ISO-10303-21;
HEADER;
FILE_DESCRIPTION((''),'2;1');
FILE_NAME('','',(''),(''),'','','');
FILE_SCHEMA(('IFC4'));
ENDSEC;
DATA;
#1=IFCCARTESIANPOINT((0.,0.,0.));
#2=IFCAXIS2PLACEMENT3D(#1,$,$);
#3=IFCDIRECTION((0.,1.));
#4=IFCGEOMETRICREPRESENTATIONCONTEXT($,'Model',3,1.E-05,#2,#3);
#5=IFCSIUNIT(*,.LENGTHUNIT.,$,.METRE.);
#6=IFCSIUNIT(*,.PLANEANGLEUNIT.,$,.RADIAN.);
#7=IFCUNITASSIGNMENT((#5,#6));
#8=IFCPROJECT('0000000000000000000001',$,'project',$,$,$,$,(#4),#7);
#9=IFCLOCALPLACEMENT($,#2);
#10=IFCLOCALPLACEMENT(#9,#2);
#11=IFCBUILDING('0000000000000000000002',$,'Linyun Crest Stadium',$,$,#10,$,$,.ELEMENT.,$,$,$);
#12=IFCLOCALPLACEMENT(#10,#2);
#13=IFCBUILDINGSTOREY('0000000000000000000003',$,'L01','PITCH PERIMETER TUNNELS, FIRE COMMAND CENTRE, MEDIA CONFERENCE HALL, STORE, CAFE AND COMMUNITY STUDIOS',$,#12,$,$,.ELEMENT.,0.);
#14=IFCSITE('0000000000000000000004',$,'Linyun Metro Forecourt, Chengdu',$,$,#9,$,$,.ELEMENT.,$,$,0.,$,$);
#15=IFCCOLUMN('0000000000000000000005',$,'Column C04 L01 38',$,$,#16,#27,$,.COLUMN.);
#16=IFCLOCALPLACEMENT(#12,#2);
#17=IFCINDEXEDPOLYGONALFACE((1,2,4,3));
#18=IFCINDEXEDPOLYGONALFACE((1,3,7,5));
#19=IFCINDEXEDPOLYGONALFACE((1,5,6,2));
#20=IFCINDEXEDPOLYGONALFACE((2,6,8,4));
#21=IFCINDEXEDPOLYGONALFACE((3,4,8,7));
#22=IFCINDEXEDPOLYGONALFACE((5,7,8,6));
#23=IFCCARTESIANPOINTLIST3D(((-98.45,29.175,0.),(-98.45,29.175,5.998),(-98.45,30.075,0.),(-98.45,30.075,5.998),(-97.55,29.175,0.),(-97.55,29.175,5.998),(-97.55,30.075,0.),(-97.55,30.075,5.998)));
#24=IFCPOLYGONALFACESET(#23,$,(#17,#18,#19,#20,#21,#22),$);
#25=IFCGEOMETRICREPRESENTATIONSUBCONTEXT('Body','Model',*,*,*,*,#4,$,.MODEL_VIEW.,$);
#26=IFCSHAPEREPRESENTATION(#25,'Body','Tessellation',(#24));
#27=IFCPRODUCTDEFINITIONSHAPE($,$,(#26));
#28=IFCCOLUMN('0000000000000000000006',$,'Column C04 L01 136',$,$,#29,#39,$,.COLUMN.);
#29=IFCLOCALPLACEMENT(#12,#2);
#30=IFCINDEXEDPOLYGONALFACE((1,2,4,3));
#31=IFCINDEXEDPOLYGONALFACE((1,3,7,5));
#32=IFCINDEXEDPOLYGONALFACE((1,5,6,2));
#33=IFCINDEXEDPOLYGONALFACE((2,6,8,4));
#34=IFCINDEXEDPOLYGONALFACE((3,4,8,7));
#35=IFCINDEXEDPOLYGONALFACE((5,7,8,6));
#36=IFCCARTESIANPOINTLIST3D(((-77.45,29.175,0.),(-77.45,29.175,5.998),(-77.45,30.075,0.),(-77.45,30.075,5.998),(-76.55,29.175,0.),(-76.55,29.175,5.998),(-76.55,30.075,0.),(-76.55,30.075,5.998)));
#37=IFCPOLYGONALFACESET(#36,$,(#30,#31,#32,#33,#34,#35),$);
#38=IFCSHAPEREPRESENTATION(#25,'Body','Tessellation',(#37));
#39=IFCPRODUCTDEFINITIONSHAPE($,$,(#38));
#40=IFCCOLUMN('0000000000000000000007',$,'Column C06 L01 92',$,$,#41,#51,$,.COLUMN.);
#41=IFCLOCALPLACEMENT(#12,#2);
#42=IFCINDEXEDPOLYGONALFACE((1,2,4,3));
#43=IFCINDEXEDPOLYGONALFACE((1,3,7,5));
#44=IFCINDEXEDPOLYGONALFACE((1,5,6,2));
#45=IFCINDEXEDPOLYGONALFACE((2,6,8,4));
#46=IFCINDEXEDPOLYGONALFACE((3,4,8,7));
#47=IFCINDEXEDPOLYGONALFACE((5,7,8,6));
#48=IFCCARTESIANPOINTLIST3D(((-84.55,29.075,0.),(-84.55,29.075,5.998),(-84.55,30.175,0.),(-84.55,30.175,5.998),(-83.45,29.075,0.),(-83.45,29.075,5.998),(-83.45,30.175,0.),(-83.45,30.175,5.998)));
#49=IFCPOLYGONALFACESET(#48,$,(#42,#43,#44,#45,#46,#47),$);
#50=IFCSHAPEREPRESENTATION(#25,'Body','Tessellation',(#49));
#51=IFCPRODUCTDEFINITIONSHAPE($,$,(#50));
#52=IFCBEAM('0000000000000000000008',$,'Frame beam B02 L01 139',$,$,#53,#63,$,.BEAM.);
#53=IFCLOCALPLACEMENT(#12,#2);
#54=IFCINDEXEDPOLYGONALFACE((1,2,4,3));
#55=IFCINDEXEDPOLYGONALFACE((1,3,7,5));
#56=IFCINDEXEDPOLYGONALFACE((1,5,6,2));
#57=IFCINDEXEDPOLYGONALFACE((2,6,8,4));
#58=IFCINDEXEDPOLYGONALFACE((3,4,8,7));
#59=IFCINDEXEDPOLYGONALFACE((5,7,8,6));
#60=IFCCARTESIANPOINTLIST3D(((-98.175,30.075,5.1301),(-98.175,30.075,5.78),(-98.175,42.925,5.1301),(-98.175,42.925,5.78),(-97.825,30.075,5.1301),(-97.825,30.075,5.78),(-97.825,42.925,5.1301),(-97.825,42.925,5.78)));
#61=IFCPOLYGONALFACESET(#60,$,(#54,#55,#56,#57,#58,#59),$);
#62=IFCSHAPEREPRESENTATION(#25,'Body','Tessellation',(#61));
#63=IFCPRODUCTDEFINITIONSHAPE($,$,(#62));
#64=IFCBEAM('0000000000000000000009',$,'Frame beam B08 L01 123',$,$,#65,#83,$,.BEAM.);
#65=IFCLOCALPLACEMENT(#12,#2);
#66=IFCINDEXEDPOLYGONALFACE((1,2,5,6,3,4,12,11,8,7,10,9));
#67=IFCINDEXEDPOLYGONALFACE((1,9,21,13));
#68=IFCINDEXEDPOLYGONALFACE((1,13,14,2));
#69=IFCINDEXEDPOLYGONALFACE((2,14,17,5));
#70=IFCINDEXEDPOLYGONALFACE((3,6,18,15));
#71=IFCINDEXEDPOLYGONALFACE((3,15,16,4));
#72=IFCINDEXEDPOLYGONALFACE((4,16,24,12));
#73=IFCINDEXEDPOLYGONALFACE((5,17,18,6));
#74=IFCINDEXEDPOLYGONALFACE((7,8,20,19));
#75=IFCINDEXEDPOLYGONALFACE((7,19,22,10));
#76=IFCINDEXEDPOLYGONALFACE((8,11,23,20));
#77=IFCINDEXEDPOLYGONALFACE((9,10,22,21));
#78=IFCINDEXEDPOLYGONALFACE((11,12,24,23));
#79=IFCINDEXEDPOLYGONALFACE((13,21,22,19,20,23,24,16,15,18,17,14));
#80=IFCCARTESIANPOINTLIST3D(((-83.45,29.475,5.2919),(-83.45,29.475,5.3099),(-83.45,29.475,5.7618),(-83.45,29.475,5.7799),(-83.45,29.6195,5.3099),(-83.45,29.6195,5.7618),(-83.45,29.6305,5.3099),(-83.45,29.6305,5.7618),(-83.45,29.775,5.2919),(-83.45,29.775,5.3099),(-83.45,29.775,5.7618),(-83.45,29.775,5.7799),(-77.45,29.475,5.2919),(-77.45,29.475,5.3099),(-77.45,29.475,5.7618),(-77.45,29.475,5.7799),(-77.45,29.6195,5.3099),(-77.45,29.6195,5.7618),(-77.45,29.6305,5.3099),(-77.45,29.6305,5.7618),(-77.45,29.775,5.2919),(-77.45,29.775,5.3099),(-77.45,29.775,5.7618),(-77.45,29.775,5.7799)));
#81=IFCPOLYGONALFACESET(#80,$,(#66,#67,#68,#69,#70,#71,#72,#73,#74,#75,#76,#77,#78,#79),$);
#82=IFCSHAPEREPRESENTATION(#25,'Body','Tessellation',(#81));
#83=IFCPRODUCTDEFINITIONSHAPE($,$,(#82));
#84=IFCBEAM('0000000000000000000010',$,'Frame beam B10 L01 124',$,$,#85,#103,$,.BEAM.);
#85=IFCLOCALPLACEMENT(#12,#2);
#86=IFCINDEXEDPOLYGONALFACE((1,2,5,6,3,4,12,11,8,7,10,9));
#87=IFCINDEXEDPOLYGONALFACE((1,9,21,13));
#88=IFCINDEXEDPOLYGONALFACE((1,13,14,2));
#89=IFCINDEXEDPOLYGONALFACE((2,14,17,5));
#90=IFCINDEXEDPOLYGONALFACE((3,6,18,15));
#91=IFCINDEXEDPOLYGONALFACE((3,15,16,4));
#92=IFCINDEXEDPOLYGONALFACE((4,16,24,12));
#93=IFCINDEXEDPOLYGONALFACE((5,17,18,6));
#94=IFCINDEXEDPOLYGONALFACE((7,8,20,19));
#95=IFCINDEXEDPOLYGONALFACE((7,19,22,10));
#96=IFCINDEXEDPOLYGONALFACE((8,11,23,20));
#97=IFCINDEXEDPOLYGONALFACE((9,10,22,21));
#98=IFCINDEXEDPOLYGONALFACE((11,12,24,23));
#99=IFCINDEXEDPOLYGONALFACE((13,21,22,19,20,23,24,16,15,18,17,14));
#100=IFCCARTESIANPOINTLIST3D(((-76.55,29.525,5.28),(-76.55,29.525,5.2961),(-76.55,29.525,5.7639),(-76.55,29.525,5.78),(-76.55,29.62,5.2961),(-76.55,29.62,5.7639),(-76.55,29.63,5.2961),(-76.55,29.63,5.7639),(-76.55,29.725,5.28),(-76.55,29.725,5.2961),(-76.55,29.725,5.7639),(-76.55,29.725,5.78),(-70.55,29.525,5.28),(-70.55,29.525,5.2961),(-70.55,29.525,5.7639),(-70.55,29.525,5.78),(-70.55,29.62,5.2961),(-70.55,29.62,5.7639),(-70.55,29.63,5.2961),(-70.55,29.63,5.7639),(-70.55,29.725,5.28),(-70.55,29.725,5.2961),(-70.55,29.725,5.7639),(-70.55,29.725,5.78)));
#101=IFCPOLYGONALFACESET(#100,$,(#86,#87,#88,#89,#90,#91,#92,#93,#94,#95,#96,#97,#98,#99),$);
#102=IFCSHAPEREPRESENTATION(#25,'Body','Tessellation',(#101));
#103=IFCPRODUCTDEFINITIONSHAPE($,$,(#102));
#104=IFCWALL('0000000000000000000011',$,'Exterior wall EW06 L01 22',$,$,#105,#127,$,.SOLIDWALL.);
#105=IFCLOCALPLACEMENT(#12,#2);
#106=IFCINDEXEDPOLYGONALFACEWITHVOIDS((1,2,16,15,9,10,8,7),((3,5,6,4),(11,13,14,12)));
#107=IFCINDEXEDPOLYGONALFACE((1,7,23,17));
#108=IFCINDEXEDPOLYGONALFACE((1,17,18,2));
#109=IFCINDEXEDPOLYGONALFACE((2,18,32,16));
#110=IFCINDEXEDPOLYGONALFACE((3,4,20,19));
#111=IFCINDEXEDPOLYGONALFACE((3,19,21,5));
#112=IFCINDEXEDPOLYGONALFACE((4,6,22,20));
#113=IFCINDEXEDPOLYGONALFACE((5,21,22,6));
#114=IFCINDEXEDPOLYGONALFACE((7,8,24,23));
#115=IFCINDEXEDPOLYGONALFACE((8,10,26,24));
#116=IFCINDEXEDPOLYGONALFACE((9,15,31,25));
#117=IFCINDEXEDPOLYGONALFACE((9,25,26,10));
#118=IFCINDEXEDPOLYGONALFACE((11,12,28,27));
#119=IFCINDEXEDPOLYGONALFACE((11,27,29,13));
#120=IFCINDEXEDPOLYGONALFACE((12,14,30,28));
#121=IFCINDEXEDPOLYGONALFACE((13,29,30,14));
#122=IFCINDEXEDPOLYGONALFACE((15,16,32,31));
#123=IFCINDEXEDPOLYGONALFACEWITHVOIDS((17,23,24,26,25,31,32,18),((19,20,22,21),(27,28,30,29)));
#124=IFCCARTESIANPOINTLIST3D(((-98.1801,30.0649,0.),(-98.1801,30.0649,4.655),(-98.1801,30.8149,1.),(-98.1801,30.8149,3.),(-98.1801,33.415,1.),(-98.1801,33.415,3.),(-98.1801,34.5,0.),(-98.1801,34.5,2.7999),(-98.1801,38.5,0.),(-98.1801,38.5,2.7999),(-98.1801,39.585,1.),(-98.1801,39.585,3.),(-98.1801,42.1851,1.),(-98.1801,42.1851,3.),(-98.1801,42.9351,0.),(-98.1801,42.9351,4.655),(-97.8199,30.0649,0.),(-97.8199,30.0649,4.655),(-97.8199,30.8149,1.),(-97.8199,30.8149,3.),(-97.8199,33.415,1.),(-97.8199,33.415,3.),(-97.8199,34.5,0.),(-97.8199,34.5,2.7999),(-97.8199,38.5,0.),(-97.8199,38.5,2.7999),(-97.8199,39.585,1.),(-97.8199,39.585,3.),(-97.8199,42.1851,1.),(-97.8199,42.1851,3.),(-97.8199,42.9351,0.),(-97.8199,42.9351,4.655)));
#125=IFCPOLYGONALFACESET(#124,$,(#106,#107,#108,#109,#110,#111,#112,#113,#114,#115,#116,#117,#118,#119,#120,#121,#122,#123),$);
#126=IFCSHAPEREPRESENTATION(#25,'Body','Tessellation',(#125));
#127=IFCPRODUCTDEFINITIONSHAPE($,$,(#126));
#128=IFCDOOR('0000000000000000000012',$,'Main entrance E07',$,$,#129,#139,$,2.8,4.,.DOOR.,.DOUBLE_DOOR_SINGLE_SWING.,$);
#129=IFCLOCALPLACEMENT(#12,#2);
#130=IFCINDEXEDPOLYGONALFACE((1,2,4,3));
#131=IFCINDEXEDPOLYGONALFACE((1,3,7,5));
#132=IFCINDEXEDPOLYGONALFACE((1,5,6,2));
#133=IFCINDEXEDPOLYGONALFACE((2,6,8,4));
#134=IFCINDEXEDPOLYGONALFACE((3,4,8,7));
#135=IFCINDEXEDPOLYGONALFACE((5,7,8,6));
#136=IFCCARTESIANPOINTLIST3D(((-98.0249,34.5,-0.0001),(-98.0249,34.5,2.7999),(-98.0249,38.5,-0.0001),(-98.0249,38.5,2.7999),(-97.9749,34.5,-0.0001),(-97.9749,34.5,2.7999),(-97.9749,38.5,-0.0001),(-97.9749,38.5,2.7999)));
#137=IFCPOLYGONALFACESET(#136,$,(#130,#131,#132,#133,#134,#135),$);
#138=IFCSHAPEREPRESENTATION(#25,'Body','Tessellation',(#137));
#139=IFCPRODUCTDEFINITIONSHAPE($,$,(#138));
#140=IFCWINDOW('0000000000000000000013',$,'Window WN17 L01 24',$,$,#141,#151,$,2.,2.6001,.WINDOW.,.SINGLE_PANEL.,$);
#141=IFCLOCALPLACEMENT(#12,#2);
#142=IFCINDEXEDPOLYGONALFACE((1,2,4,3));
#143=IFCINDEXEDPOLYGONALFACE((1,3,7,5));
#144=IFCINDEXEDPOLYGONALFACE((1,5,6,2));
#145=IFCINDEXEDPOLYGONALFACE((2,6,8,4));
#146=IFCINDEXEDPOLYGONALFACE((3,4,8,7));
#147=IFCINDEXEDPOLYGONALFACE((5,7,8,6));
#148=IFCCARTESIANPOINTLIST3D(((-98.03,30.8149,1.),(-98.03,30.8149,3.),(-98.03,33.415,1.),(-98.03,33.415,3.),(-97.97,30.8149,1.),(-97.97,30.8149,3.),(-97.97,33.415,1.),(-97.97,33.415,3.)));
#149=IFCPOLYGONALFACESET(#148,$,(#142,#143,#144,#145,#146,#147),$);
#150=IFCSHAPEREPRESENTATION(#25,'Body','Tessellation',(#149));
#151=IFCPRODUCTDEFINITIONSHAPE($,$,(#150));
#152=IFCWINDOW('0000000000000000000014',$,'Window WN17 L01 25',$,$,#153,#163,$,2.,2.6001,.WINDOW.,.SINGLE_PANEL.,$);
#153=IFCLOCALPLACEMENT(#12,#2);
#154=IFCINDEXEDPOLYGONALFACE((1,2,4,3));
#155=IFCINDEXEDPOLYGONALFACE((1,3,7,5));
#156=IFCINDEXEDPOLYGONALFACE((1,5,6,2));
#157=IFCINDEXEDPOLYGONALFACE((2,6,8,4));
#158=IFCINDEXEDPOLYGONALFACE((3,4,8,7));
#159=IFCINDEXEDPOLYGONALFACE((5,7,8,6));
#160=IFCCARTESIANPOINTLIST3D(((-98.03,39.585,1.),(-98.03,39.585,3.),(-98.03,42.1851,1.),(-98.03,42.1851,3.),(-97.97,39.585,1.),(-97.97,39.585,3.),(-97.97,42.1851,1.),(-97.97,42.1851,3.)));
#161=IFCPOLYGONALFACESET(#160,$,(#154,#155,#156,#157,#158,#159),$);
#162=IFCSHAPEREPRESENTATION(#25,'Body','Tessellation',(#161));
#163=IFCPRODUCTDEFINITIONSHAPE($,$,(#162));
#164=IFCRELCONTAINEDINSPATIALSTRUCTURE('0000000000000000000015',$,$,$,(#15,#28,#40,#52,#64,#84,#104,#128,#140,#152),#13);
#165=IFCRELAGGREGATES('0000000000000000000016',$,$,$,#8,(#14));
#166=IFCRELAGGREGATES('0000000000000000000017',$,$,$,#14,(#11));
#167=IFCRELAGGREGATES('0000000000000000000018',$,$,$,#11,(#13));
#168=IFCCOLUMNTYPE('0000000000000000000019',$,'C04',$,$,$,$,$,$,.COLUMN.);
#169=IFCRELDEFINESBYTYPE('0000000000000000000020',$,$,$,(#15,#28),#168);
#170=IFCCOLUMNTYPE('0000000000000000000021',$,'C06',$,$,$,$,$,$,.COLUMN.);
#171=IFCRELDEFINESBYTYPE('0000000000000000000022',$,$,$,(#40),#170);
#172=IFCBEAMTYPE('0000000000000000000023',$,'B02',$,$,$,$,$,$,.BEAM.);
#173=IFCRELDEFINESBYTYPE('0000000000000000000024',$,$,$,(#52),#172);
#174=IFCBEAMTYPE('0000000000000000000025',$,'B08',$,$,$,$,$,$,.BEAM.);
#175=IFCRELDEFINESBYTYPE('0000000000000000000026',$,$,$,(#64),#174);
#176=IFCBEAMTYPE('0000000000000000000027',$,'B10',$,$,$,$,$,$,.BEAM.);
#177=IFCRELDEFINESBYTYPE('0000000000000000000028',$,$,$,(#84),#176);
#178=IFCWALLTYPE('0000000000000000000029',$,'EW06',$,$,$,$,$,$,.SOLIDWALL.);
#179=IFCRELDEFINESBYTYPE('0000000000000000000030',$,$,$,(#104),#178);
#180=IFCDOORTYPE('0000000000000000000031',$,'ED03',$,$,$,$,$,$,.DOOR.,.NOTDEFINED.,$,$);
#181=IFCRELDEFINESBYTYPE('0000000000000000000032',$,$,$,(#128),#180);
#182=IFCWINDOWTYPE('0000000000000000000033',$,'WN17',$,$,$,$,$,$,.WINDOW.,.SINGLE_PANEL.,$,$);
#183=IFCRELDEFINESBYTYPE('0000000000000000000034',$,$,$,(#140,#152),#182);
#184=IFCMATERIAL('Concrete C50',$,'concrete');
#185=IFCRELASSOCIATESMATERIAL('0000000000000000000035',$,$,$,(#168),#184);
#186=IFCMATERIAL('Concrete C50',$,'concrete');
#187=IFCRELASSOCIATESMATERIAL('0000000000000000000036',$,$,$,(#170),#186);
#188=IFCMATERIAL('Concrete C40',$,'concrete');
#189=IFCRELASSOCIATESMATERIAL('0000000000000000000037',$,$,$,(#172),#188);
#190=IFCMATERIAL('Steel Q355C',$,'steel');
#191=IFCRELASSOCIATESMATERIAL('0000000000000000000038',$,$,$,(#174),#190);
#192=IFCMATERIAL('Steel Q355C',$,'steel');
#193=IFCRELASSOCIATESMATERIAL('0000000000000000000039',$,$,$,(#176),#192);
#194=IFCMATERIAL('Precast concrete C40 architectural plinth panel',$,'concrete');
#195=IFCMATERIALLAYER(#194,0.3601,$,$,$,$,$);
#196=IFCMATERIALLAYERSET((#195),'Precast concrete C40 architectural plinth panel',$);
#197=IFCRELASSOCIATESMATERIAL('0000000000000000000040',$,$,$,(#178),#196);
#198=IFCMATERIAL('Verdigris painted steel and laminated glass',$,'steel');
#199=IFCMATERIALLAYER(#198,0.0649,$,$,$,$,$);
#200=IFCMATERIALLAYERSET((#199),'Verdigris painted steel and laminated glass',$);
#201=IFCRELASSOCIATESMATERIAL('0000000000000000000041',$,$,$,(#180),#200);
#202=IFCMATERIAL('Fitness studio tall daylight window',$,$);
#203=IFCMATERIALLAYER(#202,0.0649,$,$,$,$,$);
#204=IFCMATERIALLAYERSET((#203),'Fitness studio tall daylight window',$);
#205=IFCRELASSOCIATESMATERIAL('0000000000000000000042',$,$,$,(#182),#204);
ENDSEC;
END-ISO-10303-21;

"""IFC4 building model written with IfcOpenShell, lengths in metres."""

from ifc_helpers import new_model, si_unit, direction, frame, frame_2d, origin, origin_2d, place, context, subcontext, project, spatial, rectangle, i_section, extrude, material, layer, layer_set, material_profile, profile_set, type_object, element, fill, save


model = new_model("IFC4")

# Units and contexts
model_context = context("Model", 3, precision=1e-05, world=origin(), true_north=direction((0.0, 1.0)))
body_context = subcontext(model_context, "Body", "Model", "MODEL_VIEW")
ifc_project = project(units=[si_unit("LENGTHUNIT", "METRE"), si_unit("PLANEANGLEUNIT", "RADIAN")], contexts=[model_context])

# Site, building, storey
site_placement = place(None, origin())
site = spatial("IfcSite", under=ifc_project, at=site_placement, Name="Linyun Metro Forecourt, Chengdu", CompositionType="ELEMENT", RefElevation=0.0)
building_placement = place(site_placement, origin())
building = spatial("IfcBuilding", under=site, at=building_placement, Name="Linyun Crest Stadium", CompositionType="ELEMENT")
storey_placement = place(building_placement, origin())
storey = spatial("IfcBuildingStorey", under=building, at=storey_placement, Name="L01", Description="PITCH PERIMETER TUNNELS, FIRE COMMAND CENTRE, MEDIA CONFERENCE HALL, STORE, CAFE AND COMMUNITY STUDIOS", CompositionType="ELEMENT", Elevation=0.0)

# Columns
ifc_material_1 = material(Name="Concrete C50", Category="concrete")
ifc_material_profile_1 = material_profile(ifc_material_1, rectangle(XDim=0.8999, YDim=0.8999, at=origin_2d()), Name="RC 900x900")
ifc_profile_set_1 = profile_set([ifc_material_profile_1], Name="Concrete C50")
column_type_1 = type_object("IfcColumnType", Name="C04", PredefinedType="COLUMN", material=ifc_profile_set_1)
for number, where, z_axis, x_axis, name in (
    (1, (-98.0, 29.625, 0.0), (0.0, 0.0, 1.0), (1.0, 0.0, 0.0), "Column C04 L01 38"),
    (2, (-77.0, 29.625, 0.0), (0.0, 0.0, 1.0), (1.0, 0.0, 0.0), "Column C04 L01 136"),
):
    element("IfcColumn", number, at=place(storey_placement, frame(where, z_axis=z_axis, x_axis=x_axis)), inside=storey, type_object=column_type_1, Name=name, PredefinedType="COLUMN", context=body_context, shape_type="SweptSolid", body=[
        extrude(rectangle(XDim=0.8999, YDim=0.8999, at=origin_2d()), origin(), (0.0, 0.0, 1.0), 5.998),
    ])
ifc_material_2 = material(Name="Concrete C50", Category="concrete")
ifc_material_profile_2 = material_profile(ifc_material_2, rectangle(XDim=1.1001, YDim=1.1001, at=origin_2d()), Name="RC 1100x1100")
ifc_profile_set_2 = profile_set([ifc_material_profile_2], Name="Concrete C50")
column_type_2 = type_object("IfcColumnType", Name="C06", PredefinedType="COLUMN", material=ifc_profile_set_2)
column_placement = place(storey_placement, frame((-84.0, 29.625, 0.0), z_axis=(0.0, 0.0, 1.0), x_axis=(1.0, 0.0, 0.0)))
element("IfcColumn", 3, at=column_placement, inside=storey, type_object=column_type_2, Name="Column C06 L01 92", PredefinedType="COLUMN", context=body_context, shape_type="SweptSolid", body=[
    extrude(rectangle(XDim=1.1001, YDim=1.1001, at=origin_2d()), origin(), (0.0, 0.0, 1.0), 5.998),
])

# Beams
ifc_material_3 = material(Name="Concrete C40", Category="concrete")
ifc_material_profile_3 = material_profile(ifc_material_3, rectangle(XDim=0.3501, YDim=0.6499, at=origin_2d()), Name="RCB 650x350")
ifc_profile_set_3 = profile_set([ifc_material_profile_3], Name="Concrete C40")
beam_type_1 = type_object("IfcBeamType", Name="B02", PredefinedType="BEAM", material=ifc_profile_set_3)
beam_1_placement = place(storey_placement, frame((-98.0, 30.075, 5.4551), z_axis=(0.0, 1.0, 0.0), x_axis=(-1.0, 0.0, 0.0)))
element("IfcBeam", 4, at=beam_1_placement, inside=storey, type_object=beam_type_1, Name="Frame beam B02 L01 139", PredefinedType="BEAM", context=body_context, shape_type="SweptSolid", body=[
    extrude(rectangle(XDim=0.3501, YDim=0.6499, at=origin_2d()), origin(), (0.0, 0.0, 1.0), 12.8501),
])
ifc_material_4 = material(Name="Steel Q355C", Category="steel")
ifc_material_profile_4 = material_profile(ifc_material_4, i_section(OverallWidth=0.3, OverallDepth=0.488, WebThickness=0.011, FlangeThickness=0.0181, at=origin_2d()), Name="HM 488x300")
ifc_profile_set_4 = profile_set([ifc_material_profile_4], Name="Steel Q355C")
beam_type_2 = type_object("IfcBeamType", Name="B08", PredefinedType="BEAM", material=ifc_profile_set_4)
beam_2_placement = place(storey_placement, frame((-83.45, 29.625, 5.5359), z_axis=(1.0, 0.0, 0.0), x_axis=(0.0, 1.0, 0.0)))
element("IfcBeam", 5, at=beam_2_placement, inside=storey, type_object=beam_type_2, Name="Frame beam B08 L01 123", PredefinedType="BEAM", context=body_context, shape_type="SweptSolid", body=[
    extrude(i_section(OverallWidth=0.3, OverallDepth=0.488, WebThickness=0.011, FlangeThickness=0.0181, at=origin_2d()), origin(), (0.0, 0.0, 1.0), 6.0),
])
ifc_material_5 = material(Name="Steel Q355C", Category="steel")
ifc_material_profile_5 = material_profile(ifc_material_5, i_section(OverallWidth=0.2, OverallDepth=0.5, WebThickness=0.01, FlangeThickness=0.0161, at=origin_2d()), Name="HN 500x200")
ifc_profile_set_5 = profile_set([ifc_material_profile_5], Name="Steel Q355C")
beam_type_3 = type_object("IfcBeamType", Name="B10", PredefinedType="BEAM", material=ifc_profile_set_5)
beam_3_placement = place(storey_placement, frame((-76.55, 29.625, 5.53), z_axis=(1.0, 0.0, 0.0), x_axis=(0.0, 1.0, 0.0)))
element("IfcBeam", 6, at=beam_3_placement, inside=storey, type_object=beam_type_3, Name="Frame beam B10 L01 124", PredefinedType="BEAM", context=body_context, shape_type="SweptSolid", body=[
    extrude(i_section(OverallWidth=0.2, OverallDepth=0.5, WebThickness=0.01, FlangeThickness=0.0161, at=origin_2d()), origin(), (0.0, 0.0, 1.0), 6.0),
])

# Wall, openings, door, windows
ifc_material_6 = material(Name="Precast concrete C40 architectural plinth panel", Category="concrete")
ifc_layer_1 = layer(ifc_material_6, 0.3601)
ifc_layer_set_1 = layer_set([ifc_layer_1], Name="Precast concrete C40 architectural plinth panel")
wall_type_1 = type_object("IfcWallType", Name="EW06", PredefinedType="SOLIDWALL", material=ifc_layer_set_1)
wall_1_placement = place(storey_placement, frame((-98.0, 30.0649, 0.0), z_axis=(0.0, 0.0, 1.0), x_axis=(0.0, 1.0, 0.0)))
wall_1 = element("IfcWall", 7, at=wall_1_placement, inside=storey, type_object=wall_type_1, Name="Exterior wall EW06 L01 22", PredefinedType="SOLIDWALL", context=body_context, shape_type="SweptSolid", body=[
    extrude(rectangle(XDim=12.8701, YDim=0.3601, at=frame_2d((6.4351, 0.0))), origin(), (0.0, 0.0, 1.0), 4.655),
])
opening_1_placement = place(wall_1_placement, frame((4.4351, 0.0, 0.0)))
opening_1 = element("IfcOpeningElement", 8, at=opening_1_placement, cuts=wall_1, PredefinedType="OPENING", context=body_context, shape_type="SweptSolid", body=[
    extrude(rectangle(XDim=4.0, YDim=2.8, at=frame_2d((2.0, 1.3999))), frame((0.0, 0.1899, 0.0), z_axis=(0.0, -1.0, 0.0), x_axis=(1.0, 0.0, 0.0)), (0.0, 0.0, 1.0), 0.3801),
])
opening_2_placement = place(wall_1_placement, frame((0.75, 0.0, 1.0)))
opening_2 = element("IfcOpeningElement", 9, at=opening_2_placement, cuts=wall_1, PredefinedType="OPENING", context=body_context, shape_type="SweptSolid", body=[
    extrude(rectangle(XDim=2.6001, YDim=2.0, at=frame_2d((1.3, 1.0))), frame((0.0, 0.1899, 0.0), z_axis=(0.0, -1.0, 0.0), x_axis=(1.0, 0.0, 0.0)), (0.0, 0.0, 1.0), 0.3801),
])
opening_3_placement = place(wall_1_placement, frame((9.52, 0.0, 1.0)))
opening_3 = element("IfcOpeningElement", 10, at=opening_3_placement, cuts=wall_1, PredefinedType="OPENING", context=body_context, shape_type="SweptSolid", body=[
    extrude(rectangle(XDim=2.6001, YDim=2.0, at=frame_2d((1.3, 1.0))), frame((0.0, 0.1899, 0.0), z_axis=(0.0, -1.0, 0.0), x_axis=(1.0, 0.0, 0.0)), (0.0, 0.0, 1.0), 0.3801),
])
ifc_material_7 = material(Name="Verdigris painted steel and laminated glass", Category="steel")
ifc_layer_2 = layer(ifc_material_7, 0.0649)
ifc_layer_set_2 = layer_set([ifc_layer_2], Name="Verdigris painted steel and laminated glass")
door_type_1 = type_object("IfcDoorType", Name="ED03", OperationType="NOTDEFINED", PredefinedType="DOOR", material=ifc_layer_set_2)
door_1_placement = place(opening_1_placement, origin())
door_1 = element("IfcDoor", 11, at=door_1_placement, inside=storey, type_object=door_type_1, Name="Main entrance E07", OperationType="DOUBLE_DOOR_SINGLE_SWING", OverallHeight=2.8, OverallWidth=4.0, PredefinedType="DOOR", context=body_context, shape_type="SweptSolid", body=[
    extrude(rectangle(XDim=4.0, YDim=2.8, at=frame_2d((2.0, 1.3999))), frame((0.0, 0.0249, 0.0), z_axis=(0.0, -1.0, 0.0), x_axis=(1.0, 0.0, 0.0)), (0.0, 0.0, 1.0), 0.05),
])
fill(opening_1, door_1)
ifc_material_8 = material(Name="Fitness studio tall daylight window")
ifc_layer_3 = layer(ifc_material_8, 0.0649)
ifc_layer_set_3 = layer_set([ifc_layer_3], Name="Fitness studio tall daylight window")
window_type = type_object("IfcWindowType", Name="WN17", PartitioningType="SINGLE_PANEL", PredefinedType="WINDOW", material=ifc_layer_set_3)
window_1_placement = place(opening_2_placement, origin())
window_1 = element("IfcWindow", 12, at=window_1_placement, inside=storey, type_object=window_type, Name="Window WN17 L01 24", OverallHeight=2.0, OverallWidth=2.6001, PartitioningType="SINGLE_PANEL", PredefinedType="WINDOW", context=body_context, shape_type="SweptSolid", body=[
    extrude(rectangle(XDim=2.6001, YDim=2.0, at=frame_2d((1.3, 1.0))), frame((0.0, 0.03, 0.0), z_axis=(0.0, -1.0, 0.0), x_axis=(1.0, 0.0, 0.0)), (0.0, 0.0, 1.0), 0.0601),
])
fill(opening_2, window_1)
window_2_placement = place(opening_3_placement, origin())
window_2 = element("IfcWindow", 13, at=window_2_placement, inside=storey, type_object=window_type, Name="Window WN17 L01 25", OverallHeight=2.0, OverallWidth=2.6001, PartitioningType="SINGLE_PANEL", PredefinedType="WINDOW", context=body_context, shape_type="SweptSolid", body=[
    extrude(rectangle(XDim=2.6001, YDim=2.0, at=frame_2d((1.3, 1.0))), frame((0.0, 0.03, 0.0), z_axis=(0.0, -1.0, 0.0), x_axis=(1.0, 0.0, 0.0)), (0.0, 0.0, 1.0), 0.0601),
])
fill(opening_3, window_2)

save(model, "model.ifc")
